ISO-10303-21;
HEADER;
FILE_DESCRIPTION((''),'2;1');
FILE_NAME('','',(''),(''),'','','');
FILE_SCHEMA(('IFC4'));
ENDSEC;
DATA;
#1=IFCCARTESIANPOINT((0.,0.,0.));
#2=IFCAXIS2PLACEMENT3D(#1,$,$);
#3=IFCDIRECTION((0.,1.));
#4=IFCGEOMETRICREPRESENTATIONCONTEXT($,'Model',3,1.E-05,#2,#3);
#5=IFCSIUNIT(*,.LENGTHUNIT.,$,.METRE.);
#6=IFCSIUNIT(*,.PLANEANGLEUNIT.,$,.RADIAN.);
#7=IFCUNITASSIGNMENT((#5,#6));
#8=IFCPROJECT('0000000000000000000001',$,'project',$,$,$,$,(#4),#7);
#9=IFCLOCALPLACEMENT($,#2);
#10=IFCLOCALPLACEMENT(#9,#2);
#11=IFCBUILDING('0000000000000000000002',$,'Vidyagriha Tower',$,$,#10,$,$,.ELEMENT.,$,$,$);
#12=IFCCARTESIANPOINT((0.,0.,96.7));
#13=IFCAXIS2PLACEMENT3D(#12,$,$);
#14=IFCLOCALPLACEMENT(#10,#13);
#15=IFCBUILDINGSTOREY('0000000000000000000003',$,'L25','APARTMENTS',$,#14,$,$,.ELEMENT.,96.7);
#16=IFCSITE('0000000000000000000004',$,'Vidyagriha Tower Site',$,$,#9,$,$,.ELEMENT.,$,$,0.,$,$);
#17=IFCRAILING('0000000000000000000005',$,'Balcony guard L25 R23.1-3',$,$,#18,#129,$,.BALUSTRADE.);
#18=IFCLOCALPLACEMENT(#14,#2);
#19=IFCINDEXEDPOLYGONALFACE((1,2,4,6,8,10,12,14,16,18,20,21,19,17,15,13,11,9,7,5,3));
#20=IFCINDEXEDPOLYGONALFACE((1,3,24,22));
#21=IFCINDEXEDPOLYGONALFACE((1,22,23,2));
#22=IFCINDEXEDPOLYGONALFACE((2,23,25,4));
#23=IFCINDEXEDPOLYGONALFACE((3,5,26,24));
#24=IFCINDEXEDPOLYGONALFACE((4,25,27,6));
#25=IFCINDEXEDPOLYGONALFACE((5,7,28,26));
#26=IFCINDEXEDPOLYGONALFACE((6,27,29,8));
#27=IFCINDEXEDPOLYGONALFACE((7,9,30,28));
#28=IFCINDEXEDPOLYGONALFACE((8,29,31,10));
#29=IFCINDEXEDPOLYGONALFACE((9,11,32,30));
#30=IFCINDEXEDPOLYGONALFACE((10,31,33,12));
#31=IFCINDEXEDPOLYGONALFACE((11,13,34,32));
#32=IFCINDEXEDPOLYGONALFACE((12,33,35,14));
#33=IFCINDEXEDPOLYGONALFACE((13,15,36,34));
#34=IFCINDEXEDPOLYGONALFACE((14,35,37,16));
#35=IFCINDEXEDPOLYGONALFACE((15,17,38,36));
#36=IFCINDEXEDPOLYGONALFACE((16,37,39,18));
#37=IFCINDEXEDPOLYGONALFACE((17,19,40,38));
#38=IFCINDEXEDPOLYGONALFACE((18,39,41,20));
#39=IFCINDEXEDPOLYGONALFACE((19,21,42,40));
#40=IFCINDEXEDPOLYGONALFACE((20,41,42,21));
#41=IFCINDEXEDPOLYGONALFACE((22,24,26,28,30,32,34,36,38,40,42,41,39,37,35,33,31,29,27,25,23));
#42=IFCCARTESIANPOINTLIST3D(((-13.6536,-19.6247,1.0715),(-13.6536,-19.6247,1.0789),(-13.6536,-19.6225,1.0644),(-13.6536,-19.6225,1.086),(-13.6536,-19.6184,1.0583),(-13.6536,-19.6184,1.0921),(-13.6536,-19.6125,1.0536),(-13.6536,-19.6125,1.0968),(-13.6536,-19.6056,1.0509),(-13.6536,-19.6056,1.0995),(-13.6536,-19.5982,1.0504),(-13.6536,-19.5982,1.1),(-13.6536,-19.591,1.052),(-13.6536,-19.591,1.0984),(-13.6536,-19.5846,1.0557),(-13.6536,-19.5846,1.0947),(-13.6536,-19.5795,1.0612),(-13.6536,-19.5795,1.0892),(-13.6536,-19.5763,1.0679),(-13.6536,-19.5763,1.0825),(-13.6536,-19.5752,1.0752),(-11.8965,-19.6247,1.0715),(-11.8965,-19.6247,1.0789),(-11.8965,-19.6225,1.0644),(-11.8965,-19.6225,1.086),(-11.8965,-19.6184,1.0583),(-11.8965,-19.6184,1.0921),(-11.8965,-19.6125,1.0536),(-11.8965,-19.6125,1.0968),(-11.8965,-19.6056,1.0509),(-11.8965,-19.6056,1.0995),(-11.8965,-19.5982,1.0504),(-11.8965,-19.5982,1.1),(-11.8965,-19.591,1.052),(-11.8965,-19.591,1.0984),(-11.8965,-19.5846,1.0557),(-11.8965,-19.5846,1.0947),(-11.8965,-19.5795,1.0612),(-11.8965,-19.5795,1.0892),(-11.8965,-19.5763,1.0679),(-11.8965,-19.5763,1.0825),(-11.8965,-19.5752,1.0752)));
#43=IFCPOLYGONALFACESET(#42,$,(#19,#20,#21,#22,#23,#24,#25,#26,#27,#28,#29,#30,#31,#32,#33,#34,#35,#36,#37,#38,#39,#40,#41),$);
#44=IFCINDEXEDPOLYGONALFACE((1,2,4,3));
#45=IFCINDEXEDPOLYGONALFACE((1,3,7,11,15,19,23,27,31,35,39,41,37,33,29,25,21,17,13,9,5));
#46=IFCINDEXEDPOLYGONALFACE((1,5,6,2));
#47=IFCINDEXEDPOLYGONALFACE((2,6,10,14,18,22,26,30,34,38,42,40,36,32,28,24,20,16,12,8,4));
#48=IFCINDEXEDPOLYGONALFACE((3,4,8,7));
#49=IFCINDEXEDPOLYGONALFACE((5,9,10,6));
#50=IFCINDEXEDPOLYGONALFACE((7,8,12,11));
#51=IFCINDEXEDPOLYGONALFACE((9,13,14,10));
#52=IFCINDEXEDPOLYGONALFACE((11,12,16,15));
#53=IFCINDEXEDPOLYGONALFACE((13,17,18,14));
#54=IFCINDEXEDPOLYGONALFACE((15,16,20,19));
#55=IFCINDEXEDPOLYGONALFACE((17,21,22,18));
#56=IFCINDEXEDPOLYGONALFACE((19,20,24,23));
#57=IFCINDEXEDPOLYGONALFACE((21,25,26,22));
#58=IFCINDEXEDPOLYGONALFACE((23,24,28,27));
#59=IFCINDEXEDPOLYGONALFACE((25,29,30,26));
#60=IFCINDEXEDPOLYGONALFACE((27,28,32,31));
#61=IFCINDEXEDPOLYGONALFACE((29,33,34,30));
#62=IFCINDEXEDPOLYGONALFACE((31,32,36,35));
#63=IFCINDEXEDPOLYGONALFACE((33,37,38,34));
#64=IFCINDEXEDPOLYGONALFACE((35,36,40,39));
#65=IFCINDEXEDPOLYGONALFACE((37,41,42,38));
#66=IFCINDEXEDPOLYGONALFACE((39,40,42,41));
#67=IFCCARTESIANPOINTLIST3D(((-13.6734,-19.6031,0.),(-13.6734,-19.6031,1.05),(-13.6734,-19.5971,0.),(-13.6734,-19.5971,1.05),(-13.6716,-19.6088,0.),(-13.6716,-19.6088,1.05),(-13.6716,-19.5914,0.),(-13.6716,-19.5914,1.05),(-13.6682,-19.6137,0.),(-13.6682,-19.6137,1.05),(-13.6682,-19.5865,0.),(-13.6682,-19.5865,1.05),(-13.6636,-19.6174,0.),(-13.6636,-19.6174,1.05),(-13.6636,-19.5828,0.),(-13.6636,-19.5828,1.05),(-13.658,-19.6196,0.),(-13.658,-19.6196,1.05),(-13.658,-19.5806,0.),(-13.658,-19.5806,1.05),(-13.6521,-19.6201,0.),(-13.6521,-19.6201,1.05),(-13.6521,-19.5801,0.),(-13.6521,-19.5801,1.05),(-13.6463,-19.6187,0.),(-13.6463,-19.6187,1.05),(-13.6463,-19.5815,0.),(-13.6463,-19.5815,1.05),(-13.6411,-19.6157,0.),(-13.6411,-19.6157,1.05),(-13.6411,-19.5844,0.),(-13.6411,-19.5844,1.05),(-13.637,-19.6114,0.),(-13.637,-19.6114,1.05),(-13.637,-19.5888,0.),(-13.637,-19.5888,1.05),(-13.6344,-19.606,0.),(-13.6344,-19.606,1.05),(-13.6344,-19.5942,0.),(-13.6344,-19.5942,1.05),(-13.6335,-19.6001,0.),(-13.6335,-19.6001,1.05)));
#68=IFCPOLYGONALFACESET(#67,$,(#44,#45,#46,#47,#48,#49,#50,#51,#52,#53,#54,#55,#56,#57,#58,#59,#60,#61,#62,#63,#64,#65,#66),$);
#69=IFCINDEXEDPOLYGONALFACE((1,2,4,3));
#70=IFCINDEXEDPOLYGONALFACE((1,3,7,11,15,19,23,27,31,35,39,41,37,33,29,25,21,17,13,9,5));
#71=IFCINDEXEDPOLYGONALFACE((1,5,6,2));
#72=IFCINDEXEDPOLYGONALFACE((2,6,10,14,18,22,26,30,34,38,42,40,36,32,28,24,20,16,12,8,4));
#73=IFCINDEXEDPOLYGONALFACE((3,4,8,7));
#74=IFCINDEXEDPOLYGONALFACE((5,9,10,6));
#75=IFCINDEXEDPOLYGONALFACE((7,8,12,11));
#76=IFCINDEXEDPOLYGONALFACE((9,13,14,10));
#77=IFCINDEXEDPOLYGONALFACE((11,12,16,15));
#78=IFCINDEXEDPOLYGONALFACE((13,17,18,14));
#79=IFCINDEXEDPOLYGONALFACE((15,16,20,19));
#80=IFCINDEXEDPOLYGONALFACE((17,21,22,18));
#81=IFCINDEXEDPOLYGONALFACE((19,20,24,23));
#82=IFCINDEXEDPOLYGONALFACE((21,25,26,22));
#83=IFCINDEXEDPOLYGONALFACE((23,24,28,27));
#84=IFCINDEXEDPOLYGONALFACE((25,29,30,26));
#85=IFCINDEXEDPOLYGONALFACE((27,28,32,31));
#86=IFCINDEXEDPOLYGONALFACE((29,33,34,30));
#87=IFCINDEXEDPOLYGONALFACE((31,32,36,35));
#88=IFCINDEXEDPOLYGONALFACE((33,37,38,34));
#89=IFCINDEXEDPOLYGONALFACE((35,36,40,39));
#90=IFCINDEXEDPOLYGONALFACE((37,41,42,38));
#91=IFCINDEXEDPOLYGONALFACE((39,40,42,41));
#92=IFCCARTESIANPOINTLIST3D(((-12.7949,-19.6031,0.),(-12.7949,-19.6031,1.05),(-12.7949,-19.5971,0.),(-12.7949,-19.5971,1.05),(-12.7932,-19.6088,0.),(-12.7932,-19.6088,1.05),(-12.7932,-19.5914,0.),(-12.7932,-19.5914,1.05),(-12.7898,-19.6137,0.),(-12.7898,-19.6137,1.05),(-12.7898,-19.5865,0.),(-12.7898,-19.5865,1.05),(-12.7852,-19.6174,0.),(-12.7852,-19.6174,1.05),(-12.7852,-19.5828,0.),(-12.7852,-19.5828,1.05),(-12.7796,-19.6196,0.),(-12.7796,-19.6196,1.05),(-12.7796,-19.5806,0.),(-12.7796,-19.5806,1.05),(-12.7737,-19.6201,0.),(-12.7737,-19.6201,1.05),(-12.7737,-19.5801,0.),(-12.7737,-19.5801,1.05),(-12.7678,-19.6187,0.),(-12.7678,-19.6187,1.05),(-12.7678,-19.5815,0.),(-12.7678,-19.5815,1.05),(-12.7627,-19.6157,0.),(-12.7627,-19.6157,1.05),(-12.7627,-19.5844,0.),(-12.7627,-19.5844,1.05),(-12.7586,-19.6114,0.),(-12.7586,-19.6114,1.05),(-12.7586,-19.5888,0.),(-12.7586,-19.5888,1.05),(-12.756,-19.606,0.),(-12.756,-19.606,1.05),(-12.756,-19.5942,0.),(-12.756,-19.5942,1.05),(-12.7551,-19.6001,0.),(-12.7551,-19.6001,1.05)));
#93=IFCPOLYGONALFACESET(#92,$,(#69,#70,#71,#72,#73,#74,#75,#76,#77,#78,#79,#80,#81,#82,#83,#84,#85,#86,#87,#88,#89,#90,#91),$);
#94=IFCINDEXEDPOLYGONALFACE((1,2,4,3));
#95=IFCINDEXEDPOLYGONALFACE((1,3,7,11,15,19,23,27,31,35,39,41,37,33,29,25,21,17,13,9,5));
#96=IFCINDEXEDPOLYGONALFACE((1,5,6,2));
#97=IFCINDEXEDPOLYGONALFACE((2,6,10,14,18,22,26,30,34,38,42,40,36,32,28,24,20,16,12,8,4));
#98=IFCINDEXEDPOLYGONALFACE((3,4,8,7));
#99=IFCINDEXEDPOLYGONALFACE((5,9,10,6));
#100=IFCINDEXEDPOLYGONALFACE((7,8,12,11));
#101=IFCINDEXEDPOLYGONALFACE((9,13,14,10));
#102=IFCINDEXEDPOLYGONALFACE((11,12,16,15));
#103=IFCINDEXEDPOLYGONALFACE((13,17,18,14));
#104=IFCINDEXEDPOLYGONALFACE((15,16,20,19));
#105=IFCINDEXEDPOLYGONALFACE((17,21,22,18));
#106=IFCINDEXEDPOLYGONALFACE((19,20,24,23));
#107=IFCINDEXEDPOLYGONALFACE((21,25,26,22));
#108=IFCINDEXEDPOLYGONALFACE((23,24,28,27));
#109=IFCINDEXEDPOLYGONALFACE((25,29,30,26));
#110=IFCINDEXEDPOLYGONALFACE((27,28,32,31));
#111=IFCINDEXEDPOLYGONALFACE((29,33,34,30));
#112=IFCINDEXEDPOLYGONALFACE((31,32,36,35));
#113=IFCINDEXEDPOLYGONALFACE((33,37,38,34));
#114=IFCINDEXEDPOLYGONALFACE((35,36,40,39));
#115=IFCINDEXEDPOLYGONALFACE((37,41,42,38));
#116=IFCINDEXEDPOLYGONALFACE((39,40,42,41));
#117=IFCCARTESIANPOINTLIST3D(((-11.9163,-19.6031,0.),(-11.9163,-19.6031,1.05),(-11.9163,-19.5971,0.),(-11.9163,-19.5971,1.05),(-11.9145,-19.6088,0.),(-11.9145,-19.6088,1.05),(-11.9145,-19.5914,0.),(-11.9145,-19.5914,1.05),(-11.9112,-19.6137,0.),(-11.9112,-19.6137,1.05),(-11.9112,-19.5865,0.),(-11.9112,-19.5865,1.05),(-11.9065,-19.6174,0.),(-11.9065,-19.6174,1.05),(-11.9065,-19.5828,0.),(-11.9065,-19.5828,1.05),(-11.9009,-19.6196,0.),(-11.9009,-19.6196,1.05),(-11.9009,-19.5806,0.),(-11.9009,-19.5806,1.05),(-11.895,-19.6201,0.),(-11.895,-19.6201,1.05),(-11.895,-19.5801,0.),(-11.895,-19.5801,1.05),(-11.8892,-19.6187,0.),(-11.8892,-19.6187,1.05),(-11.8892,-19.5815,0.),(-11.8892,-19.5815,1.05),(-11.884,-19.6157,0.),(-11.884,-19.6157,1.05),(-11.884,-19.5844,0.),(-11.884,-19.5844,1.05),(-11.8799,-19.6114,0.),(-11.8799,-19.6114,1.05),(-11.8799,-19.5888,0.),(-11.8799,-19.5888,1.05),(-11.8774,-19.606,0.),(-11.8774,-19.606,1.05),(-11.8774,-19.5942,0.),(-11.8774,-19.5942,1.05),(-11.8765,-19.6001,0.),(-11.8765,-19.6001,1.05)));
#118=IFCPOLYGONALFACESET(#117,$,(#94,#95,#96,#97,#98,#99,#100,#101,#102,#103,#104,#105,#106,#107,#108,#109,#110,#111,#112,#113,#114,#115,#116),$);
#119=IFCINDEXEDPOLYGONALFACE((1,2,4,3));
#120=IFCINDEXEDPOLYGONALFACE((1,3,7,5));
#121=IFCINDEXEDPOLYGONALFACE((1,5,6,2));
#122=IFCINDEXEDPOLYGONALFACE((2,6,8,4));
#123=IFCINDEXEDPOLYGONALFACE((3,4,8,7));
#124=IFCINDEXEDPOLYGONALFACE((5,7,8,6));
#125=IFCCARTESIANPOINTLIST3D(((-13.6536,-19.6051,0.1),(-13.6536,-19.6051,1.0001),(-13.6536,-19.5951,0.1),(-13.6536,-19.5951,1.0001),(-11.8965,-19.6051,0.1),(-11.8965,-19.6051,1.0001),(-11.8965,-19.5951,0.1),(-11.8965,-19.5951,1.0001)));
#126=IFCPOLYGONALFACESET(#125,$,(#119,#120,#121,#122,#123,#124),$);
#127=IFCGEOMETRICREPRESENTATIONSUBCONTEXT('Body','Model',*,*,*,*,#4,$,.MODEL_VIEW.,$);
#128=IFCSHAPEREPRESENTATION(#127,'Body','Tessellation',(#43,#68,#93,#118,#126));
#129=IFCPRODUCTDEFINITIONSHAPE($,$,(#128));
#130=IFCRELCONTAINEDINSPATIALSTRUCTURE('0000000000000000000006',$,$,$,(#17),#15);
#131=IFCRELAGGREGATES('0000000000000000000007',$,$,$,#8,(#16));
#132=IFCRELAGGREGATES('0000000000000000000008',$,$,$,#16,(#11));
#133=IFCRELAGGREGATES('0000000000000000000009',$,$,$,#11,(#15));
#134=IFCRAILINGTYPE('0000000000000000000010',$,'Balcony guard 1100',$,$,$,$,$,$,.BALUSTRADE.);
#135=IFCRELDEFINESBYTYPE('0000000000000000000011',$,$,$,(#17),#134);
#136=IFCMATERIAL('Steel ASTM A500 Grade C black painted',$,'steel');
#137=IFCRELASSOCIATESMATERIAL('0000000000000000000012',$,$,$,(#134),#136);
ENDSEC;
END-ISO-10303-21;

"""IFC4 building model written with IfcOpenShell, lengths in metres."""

from ifc_helpers import new_model, si_unit, direction, frame, origin, origin_2d, place, context, subcontext, project, spatial, rectangle, circle, extrude, material, type_object, element, save


model = new_model("IFC4")

# Units and contexts
model_context = context("Model", 3, precision=1e-05, world=origin(), true_north=direction((0.0, 1.0)))
body_context = subcontext(model_context, "Body", "Model", "MODEL_VIEW")
ifc_project = project(units=[si_unit("LENGTHUNIT", "METRE"), si_unit("PLANEANGLEUNIT", "RADIAN")], contexts=[model_context])

# Site, building, storey
site_placement = place(None, origin())
site = spatial("IfcSite", under=ifc_project, at=site_placement, Name="Vidyagriha Tower Site", CompositionType="ELEMENT", RefElevation=0.0)
building_placement = place(site_placement, origin())
building = spatial("IfcBuilding", under=site, at=building_placement, Name="Vidyagriha Tower", CompositionType="ELEMENT")
storey_placement = place(building_placement, frame((0.0, 0.0, 96.7)))
storey = spatial("IfcBuildingStorey", under=building, at=storey_placement, Name="L25", Description="APARTMENTS", CompositionType="ELEMENT", Elevation=96.7)

# Railing
ifc_material_1 = material(Name="Steel ASTM A500 Grade C black painted", Category="steel")
railing_type = type_object("IfcRailingType", Name="Balcony guard 1100", PredefinedType="BALUSTRADE", material=ifc_material_1)
railing_1_placement = place(storey_placement, frame((-13.6536, -19.6001, 0.0)))
element("IfcRailing", 1, at=railing_1_placement, inside=storey, type_object=railing_type, Name="Balcony guard L25 R23.1-3", PredefinedType="BALUSTRADE", context=body_context, shape_type="SweptSolid", body=[
    extrude(circle(Radius=0.0249, at=origin_2d()), frame((0.0, 0.0, 1.0752), z_axis=(1.0, 0.0, 0.0), x_axis=(0.0, 1.0, 0.0)), (0.0, 0.0, 1.0), 1.7571),
    extrude(circle(Radius=0.02, at=origin_2d()), origin(), (0.0, 0.0, 1.0), 1.05),
    extrude(circle(Radius=0.02, at=origin_2d()), frame((0.8784, 0.0, 0.0)), (0.0, 0.0, 1.0), 1.05),
    extrude(circle(Radius=0.02, at=origin_2d()), frame((1.7571, 0.0, 0.0)), (0.0, 0.0, 1.0), 1.05),
    extrude(rectangle(XDim=0.01, YDim=0.9001, at=origin_2d()), frame((0.0, 0.0, 0.55), z_axis=(1.0, 0.0, 0.0), x_axis=(0.0, 1.0, 0.0)), (0.0, 0.0, 1.0), 1.7571),
])

save(model, "model.ifc")
